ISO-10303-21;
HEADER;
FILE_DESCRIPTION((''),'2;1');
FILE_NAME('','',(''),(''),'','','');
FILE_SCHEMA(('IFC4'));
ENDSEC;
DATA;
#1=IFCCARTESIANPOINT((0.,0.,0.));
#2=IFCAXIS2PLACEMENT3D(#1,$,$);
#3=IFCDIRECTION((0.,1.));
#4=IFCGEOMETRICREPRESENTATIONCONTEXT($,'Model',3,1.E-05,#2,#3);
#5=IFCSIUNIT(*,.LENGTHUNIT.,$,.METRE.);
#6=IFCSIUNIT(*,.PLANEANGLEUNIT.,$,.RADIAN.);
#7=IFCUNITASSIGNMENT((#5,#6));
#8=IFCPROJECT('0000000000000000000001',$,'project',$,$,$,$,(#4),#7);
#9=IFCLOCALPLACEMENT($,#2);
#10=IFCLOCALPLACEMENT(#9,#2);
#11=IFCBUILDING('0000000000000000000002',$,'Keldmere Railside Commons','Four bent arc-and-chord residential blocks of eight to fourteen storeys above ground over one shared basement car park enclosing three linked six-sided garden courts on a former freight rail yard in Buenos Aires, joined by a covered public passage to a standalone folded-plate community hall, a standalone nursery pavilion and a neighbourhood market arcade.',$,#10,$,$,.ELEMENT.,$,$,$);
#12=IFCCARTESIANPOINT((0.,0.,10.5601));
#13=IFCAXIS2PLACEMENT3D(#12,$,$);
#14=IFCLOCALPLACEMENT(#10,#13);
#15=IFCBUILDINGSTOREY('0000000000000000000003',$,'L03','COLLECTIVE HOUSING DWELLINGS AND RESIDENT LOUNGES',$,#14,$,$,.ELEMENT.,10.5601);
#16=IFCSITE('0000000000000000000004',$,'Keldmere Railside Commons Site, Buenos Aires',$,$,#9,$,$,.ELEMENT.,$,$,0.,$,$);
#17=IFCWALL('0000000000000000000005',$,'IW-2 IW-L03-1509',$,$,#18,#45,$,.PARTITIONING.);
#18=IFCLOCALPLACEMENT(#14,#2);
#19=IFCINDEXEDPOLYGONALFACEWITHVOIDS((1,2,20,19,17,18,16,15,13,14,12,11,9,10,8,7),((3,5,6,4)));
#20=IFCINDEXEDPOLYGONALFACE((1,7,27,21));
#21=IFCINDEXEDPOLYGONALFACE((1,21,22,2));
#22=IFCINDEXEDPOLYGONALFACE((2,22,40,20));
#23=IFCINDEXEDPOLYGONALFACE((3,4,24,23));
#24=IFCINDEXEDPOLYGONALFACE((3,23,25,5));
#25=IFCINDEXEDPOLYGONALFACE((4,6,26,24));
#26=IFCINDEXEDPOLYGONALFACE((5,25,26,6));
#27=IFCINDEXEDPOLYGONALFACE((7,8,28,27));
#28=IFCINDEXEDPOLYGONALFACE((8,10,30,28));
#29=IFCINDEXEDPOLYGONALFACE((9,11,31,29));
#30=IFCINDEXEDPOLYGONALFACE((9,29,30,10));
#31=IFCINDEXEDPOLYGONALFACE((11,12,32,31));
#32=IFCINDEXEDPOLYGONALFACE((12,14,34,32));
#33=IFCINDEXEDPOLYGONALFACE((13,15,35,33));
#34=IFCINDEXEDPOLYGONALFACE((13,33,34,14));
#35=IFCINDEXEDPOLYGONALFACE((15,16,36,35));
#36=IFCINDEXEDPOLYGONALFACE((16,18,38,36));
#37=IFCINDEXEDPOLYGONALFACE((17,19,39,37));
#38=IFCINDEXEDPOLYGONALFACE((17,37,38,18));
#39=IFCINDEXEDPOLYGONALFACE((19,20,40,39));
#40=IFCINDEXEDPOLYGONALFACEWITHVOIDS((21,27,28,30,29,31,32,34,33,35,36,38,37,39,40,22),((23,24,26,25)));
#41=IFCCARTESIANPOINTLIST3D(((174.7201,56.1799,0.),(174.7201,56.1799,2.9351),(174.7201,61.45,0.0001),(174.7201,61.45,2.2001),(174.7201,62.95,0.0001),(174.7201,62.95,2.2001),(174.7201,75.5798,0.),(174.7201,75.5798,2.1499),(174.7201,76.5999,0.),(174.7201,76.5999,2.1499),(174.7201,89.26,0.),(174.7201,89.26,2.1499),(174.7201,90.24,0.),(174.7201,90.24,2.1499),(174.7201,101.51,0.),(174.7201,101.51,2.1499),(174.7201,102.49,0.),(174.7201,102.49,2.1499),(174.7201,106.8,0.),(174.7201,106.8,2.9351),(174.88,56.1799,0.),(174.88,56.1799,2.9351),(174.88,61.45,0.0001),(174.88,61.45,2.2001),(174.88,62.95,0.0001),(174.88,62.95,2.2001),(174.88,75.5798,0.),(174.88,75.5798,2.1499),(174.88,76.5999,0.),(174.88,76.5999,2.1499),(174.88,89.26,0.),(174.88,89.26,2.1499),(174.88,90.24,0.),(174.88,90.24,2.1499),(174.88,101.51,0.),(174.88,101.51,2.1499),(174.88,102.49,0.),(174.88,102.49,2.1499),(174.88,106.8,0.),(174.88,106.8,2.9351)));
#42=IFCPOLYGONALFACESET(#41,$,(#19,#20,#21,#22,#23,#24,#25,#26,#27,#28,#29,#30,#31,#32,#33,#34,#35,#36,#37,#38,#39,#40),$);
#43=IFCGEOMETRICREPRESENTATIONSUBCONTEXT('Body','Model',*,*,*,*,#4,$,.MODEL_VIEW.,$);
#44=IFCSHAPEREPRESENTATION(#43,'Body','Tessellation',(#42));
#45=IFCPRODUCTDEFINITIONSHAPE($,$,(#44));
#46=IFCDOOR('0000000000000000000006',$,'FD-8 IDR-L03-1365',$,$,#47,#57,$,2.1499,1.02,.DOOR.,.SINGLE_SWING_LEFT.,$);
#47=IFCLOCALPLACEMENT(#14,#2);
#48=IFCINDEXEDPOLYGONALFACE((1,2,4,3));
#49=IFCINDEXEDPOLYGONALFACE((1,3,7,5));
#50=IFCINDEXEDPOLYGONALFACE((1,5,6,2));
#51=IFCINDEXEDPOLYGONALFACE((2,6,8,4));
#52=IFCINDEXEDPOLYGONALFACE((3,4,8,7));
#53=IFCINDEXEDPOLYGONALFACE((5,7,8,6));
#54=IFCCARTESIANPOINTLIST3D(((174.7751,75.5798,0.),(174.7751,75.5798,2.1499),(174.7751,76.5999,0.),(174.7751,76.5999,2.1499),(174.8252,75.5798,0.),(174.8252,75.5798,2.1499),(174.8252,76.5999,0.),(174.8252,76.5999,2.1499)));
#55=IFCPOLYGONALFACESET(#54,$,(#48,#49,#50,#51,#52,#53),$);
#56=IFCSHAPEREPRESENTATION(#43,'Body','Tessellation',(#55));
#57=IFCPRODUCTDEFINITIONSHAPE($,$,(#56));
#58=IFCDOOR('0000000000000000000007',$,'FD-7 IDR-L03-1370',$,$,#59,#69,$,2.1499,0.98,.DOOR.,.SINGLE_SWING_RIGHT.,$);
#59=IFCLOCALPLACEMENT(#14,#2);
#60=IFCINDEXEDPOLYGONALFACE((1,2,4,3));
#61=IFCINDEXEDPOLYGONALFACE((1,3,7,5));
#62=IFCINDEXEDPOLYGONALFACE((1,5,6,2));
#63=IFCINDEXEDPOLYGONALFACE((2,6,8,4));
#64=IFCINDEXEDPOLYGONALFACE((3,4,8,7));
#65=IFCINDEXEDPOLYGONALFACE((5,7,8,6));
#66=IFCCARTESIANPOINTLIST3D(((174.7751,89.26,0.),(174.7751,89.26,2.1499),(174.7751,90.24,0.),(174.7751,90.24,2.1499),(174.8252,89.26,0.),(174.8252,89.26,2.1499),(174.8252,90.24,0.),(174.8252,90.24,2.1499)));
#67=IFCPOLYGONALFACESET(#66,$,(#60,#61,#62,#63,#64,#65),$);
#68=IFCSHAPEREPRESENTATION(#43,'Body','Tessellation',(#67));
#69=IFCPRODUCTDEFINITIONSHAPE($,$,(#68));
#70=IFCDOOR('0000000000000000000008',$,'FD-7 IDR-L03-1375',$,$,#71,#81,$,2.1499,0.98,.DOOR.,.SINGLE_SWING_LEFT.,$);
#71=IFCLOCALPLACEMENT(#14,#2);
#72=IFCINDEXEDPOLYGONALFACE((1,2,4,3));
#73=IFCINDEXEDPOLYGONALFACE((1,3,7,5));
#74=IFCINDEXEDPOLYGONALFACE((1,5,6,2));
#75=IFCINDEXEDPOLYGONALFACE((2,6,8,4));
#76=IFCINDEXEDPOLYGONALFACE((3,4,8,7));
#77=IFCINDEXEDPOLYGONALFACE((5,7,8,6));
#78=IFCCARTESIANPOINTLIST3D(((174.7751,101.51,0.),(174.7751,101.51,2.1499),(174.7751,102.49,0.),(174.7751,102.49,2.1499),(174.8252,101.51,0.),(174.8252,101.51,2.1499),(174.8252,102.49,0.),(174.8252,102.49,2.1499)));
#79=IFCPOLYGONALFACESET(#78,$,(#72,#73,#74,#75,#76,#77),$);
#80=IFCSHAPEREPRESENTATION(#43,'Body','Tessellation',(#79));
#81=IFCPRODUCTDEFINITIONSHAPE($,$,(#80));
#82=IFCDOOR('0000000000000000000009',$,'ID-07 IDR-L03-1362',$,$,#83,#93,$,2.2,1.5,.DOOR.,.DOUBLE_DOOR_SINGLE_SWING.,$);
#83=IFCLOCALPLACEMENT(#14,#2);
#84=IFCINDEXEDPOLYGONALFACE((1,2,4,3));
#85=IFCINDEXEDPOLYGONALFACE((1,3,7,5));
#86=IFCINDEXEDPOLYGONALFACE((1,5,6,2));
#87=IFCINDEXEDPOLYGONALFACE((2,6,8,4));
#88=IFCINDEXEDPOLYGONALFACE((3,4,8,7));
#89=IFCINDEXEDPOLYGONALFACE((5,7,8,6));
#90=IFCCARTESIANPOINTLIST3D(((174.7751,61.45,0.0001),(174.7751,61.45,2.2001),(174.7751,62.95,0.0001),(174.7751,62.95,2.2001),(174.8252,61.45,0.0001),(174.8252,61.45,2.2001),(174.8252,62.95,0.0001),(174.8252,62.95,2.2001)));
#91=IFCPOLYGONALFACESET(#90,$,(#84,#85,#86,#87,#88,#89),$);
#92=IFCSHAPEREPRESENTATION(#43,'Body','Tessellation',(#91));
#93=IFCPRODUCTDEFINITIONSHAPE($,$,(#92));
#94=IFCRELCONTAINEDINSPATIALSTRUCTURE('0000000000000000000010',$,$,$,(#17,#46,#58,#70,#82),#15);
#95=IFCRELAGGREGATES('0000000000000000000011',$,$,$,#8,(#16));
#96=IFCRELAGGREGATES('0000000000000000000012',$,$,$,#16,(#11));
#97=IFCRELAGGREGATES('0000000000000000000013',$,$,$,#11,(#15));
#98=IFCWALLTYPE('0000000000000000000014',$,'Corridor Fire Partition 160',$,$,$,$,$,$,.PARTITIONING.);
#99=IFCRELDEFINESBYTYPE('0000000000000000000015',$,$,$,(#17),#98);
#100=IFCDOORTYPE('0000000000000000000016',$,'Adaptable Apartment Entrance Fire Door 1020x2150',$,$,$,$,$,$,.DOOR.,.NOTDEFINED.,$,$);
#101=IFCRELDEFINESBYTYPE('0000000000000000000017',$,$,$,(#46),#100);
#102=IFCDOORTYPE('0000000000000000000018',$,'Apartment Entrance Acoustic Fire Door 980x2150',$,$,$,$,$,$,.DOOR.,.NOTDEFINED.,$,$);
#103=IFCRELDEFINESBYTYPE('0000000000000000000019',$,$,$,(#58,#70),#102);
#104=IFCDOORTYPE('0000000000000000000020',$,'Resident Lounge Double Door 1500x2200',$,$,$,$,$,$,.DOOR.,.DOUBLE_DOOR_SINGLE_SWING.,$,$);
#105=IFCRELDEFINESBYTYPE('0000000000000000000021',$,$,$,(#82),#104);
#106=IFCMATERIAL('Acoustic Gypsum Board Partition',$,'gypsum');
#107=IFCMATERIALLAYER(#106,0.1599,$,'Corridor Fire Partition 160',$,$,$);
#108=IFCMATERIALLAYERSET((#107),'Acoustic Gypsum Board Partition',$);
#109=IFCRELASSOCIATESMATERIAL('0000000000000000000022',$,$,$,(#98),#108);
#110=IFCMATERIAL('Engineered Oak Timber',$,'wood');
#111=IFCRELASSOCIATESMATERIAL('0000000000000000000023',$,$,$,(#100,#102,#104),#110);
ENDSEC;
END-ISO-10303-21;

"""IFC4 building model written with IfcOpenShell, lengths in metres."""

from ifc_helpers import new_model, si_unit, direction, frame, frame_2d, origin, place, context, subcontext, project, spatial, rectangle, extrude, material, layer, layer_set, type_object, element, fill, save


model = new_model("IFC4")

# Units and contexts
model_context = context("Model", 3, precision=1e-05, world=origin(), true_north=direction((0.0, 1.0)))
body_context = subcontext(model_context, "Body", "Model", "MODEL_VIEW")
ifc_project = project(units=[si_unit("LENGTHUNIT", "METRE"), si_unit("PLANEANGLEUNIT", "RADIAN")], contexts=[model_context])

# Site, building, storey
site_placement = place(None, origin())
site = spatial("IfcSite", under=ifc_project, at=site_placement, Name="Keldmere Railside Commons Site, Buenos Aires", CompositionType="ELEMENT", RefElevation=0.0)
building_placement = place(site_placement, origin())
building = spatial("IfcBuilding", under=site, at=building_placement, Name="Keldmere Railside Commons", Description="Four bent arc-and-chord residential blocks of eight to fourteen storeys above ground over one shared basement car park enclosing three linked six-sided garden courts on a former freight rail yard in Buenos Aires, joined by a covered public passage to a standalone folded-plate community hall, a standalone nursery pavilion and a neighbourhood market arcade.", CompositionType="ELEMENT")
storey_placement = place(building_placement, frame((0.0, 0.0, 10.5601)))
storey = spatial("IfcBuildingStorey", under=building, at=storey_placement, Name="L03", Description="COLLECTIVE HOUSING DWELLINGS AND RESIDENT LOUNGES", CompositionType="ELEMENT", Elevation=10.5601)

# Wall, openings, doors
ifc_material_1 = material(Name="Acoustic Gypsum Board Partition", Category="gypsum")
ifc_layer_1 = layer(ifc_material_1, 0.1599, Name="Corridor Fire Partition 160")
ifc_layer_set_1 = layer_set([ifc_layer_1], Name="Acoustic Gypsum Board Partition")
wall_type_1 = type_object("IfcWallType", Name="Corridor Fire Partition 160", PredefinedType="PARTITIONING", material=ifc_layer_set_1)
wall_1_placement = place(storey_placement, frame((174.8, 56.1799, 0.0), z_axis=(0.0, 0.0, 1.0), x_axis=(0.0, 1.0, 0.0)))
wall_1 = element("IfcWall", 1, at=wall_1_placement, inside=storey, type_object=wall_type_1, Name="IW-2 IW-L03-1509", PredefinedType="PARTITIONING", context=body_context, shape_type="SweptSolid", body=[
    extrude(rectangle(XDim=50.6201, YDim=0.1599, at=frame_2d((25.3101, 0.0))), origin(), (0.0, 0.0, 1.0), 2.9351),
])
opening_1_placement = place(wall_1_placement, frame((5.27, 0.0, 0.0)))
opening_1 = element("IfcOpeningElement", 2, at=opening_1_placement, cuts=wall_1, PredefinedType="OPENING", context=body_context, shape_type="SweptSolid", body=[
    extrude(rectangle(XDim=1.5, YDim=2.2, at=frame_2d((0.75, 1.1001))), frame((0.0, 0.0898, 0.0), z_axis=(0.0, -1.0, 0.0), x_axis=(1.0, 0.0, 0.0)), (0.0, 0.0, 1.0), 0.1799),
])
opening_2_placement = place(wall_1_placement, frame((19.3999, 0.0, 0.0)))
opening_2 = element("IfcOpeningElement", 3, at=opening_2_placement, cuts=wall_1, PredefinedType="OPENING", context=body_context, shape_type="SweptSolid", body=[
    extrude(rectangle(XDim=1.02, YDim=2.1499, at=frame_2d((0.51, 1.075))), frame((0.0, 0.0898, 0.0), z_axis=(0.0, -1.0, 0.0), x_axis=(1.0, 0.0, 0.0)), (0.0, 0.0, 1.0), 0.1799),
])
opening_3_placement = place(wall_1_placement, frame((33.0801, 0.0, 0.0)))
opening_3 = element("IfcOpeningElement", 4, at=opening_3_placement, cuts=wall_1, PredefinedType="OPENING", context=body_context, shape_type="SweptSolid", body=[
    extrude(rectangle(XDim=0.98, YDim=2.1499, at=frame_2d((0.49, 1.075))), frame((0.0, 0.0898, 0.0), z_axis=(0.0, -1.0, 0.0), x_axis=(1.0, 0.0, 0.0)), (0.0, 0.0, 1.0), 0.1799),
])
opening_4_placement = place(wall_1_placement, frame((45.3301, 0.0, 0.0)))
opening_4 = element("IfcOpeningElement", 5, at=opening_4_placement, cuts=wall_1, PredefinedType="OPENING", context=body_context, shape_type="SweptSolid", body=[
    extrude(rectangle(XDim=0.98, YDim=2.1499, at=frame_2d((0.49, 1.075))), frame((0.0, 0.0898, 0.0), z_axis=(0.0, -1.0, 0.0), x_axis=(1.0, 0.0, 0.0)), (0.0, 0.0, 1.0), 0.1799),
])
ifc_material_2 = material(Name="Engineered Oak Timber", Category="wood")
door_type_1 = type_object("IfcDoorType", Name="Adaptable Apartment Entrance Fire Door 1020x2150", OperationType="NOTDEFINED", PredefinedType="DOOR", material=ifc_material_2)
door_1_placement = place(opening_2_placement, origin())
door_1 = element("IfcDoor", 6, at=door_1_placement, inside=storey, type_object=door_type_1, Name="FD-8 IDR-L03-1365", OperationType="SINGLE_SWING_LEFT", OverallHeight=2.1499, OverallWidth=1.02, PredefinedType="DOOR", context=body_context, shape_type="SweptSolid", body=[
    extrude(rectangle(XDim=1.02, YDim=2.1499, at=frame_2d((0.51, 1.075))), frame((0.0, 0.0249, 0.0), z_axis=(0.0, -1.0, 0.0), x_axis=(1.0, 0.0, 0.0)), (0.0, 0.0, 1.0), 0.05),
])
fill(opening_2, door_1)
door_type_2 = type_object("IfcDoorType", Name="Apartment Entrance Acoustic Fire Door 980x2150", OperationType="NOTDEFINED", PredefinedType="DOOR", material=ifc_material_2)
door_2_placement = place(opening_3_placement, origin())
door_2 = element("IfcDoor", 7, at=door_2_placement, inside=storey, type_object=door_type_2, Name="FD-7 IDR-L03-1370", OperationType="SINGLE_SWING_RIGHT", OverallHeight=2.1499, OverallWidth=0.98, PredefinedType="DOOR", context=body_context, shape_type="SweptSolid", body=[
    extrude(rectangle(XDim=0.98, YDim=2.1499, at=frame_2d((0.49, 1.075))), frame((0.0, 0.0249, 0.0), z_axis=(0.0, -1.0, 0.0), x_axis=(1.0, 0.0, 0.0)), (0.0, 0.0, 1.0), 0.05),
])
fill(opening_3, door_2)
door_3_placement = place(opening_4_placement, origin())
door_3 = element("IfcDoor", 8, at=door_3_placement, inside=storey, type_object=door_type_2, Name="FD-7 IDR-L03-1375", OperationType="SINGLE_SWING_LEFT", OverallHeight=2.1499, OverallWidth=0.98, PredefinedType="DOOR", context=body_context, shape_type="SweptSolid", body=[
    extrude(rectangle(XDim=0.98, YDim=2.1499, at=frame_2d((0.49, 1.075))), frame((0.0, 0.0249, 0.0), z_axis=(0.0, -1.0, 0.0), x_axis=(1.0, 0.0, 0.0)), (0.0, 0.0, 1.0), 0.05),
])
fill(opening_4, door_3)
door_type_3 = type_object("IfcDoorType", Name="Resident Lounge Double Door 1500x2200", OperationType="DOUBLE_DOOR_SINGLE_SWING", PredefinedType="DOOR", material=ifc_material_2)
door_4_placement = place(opening_1_placement, origin())
door_4 = element("IfcDoor", 9, at=door_4_placement, inside=storey, type_object=door_type_3, Name="ID-07 IDR-L03-1362", OperationType="DOUBLE_DOOR_SINGLE_SWING", OverallHeight=2.2, OverallWidth=1.5, PredefinedType="DOOR", context=body_context, shape_type="SweptSolid", body=[
    extrude(rectangle(XDim=1.5, YDim=2.2, at=frame_2d((0.75, 1.1001))), frame((0.0, 0.0249, 0.0), z_axis=(0.0, -1.0, 0.0), x_axis=(1.0, 0.0, 0.0)), (0.0, 0.0, 1.0), 0.05),
])
fill(opening_1, door_4)

save(model, "model.ifc")
